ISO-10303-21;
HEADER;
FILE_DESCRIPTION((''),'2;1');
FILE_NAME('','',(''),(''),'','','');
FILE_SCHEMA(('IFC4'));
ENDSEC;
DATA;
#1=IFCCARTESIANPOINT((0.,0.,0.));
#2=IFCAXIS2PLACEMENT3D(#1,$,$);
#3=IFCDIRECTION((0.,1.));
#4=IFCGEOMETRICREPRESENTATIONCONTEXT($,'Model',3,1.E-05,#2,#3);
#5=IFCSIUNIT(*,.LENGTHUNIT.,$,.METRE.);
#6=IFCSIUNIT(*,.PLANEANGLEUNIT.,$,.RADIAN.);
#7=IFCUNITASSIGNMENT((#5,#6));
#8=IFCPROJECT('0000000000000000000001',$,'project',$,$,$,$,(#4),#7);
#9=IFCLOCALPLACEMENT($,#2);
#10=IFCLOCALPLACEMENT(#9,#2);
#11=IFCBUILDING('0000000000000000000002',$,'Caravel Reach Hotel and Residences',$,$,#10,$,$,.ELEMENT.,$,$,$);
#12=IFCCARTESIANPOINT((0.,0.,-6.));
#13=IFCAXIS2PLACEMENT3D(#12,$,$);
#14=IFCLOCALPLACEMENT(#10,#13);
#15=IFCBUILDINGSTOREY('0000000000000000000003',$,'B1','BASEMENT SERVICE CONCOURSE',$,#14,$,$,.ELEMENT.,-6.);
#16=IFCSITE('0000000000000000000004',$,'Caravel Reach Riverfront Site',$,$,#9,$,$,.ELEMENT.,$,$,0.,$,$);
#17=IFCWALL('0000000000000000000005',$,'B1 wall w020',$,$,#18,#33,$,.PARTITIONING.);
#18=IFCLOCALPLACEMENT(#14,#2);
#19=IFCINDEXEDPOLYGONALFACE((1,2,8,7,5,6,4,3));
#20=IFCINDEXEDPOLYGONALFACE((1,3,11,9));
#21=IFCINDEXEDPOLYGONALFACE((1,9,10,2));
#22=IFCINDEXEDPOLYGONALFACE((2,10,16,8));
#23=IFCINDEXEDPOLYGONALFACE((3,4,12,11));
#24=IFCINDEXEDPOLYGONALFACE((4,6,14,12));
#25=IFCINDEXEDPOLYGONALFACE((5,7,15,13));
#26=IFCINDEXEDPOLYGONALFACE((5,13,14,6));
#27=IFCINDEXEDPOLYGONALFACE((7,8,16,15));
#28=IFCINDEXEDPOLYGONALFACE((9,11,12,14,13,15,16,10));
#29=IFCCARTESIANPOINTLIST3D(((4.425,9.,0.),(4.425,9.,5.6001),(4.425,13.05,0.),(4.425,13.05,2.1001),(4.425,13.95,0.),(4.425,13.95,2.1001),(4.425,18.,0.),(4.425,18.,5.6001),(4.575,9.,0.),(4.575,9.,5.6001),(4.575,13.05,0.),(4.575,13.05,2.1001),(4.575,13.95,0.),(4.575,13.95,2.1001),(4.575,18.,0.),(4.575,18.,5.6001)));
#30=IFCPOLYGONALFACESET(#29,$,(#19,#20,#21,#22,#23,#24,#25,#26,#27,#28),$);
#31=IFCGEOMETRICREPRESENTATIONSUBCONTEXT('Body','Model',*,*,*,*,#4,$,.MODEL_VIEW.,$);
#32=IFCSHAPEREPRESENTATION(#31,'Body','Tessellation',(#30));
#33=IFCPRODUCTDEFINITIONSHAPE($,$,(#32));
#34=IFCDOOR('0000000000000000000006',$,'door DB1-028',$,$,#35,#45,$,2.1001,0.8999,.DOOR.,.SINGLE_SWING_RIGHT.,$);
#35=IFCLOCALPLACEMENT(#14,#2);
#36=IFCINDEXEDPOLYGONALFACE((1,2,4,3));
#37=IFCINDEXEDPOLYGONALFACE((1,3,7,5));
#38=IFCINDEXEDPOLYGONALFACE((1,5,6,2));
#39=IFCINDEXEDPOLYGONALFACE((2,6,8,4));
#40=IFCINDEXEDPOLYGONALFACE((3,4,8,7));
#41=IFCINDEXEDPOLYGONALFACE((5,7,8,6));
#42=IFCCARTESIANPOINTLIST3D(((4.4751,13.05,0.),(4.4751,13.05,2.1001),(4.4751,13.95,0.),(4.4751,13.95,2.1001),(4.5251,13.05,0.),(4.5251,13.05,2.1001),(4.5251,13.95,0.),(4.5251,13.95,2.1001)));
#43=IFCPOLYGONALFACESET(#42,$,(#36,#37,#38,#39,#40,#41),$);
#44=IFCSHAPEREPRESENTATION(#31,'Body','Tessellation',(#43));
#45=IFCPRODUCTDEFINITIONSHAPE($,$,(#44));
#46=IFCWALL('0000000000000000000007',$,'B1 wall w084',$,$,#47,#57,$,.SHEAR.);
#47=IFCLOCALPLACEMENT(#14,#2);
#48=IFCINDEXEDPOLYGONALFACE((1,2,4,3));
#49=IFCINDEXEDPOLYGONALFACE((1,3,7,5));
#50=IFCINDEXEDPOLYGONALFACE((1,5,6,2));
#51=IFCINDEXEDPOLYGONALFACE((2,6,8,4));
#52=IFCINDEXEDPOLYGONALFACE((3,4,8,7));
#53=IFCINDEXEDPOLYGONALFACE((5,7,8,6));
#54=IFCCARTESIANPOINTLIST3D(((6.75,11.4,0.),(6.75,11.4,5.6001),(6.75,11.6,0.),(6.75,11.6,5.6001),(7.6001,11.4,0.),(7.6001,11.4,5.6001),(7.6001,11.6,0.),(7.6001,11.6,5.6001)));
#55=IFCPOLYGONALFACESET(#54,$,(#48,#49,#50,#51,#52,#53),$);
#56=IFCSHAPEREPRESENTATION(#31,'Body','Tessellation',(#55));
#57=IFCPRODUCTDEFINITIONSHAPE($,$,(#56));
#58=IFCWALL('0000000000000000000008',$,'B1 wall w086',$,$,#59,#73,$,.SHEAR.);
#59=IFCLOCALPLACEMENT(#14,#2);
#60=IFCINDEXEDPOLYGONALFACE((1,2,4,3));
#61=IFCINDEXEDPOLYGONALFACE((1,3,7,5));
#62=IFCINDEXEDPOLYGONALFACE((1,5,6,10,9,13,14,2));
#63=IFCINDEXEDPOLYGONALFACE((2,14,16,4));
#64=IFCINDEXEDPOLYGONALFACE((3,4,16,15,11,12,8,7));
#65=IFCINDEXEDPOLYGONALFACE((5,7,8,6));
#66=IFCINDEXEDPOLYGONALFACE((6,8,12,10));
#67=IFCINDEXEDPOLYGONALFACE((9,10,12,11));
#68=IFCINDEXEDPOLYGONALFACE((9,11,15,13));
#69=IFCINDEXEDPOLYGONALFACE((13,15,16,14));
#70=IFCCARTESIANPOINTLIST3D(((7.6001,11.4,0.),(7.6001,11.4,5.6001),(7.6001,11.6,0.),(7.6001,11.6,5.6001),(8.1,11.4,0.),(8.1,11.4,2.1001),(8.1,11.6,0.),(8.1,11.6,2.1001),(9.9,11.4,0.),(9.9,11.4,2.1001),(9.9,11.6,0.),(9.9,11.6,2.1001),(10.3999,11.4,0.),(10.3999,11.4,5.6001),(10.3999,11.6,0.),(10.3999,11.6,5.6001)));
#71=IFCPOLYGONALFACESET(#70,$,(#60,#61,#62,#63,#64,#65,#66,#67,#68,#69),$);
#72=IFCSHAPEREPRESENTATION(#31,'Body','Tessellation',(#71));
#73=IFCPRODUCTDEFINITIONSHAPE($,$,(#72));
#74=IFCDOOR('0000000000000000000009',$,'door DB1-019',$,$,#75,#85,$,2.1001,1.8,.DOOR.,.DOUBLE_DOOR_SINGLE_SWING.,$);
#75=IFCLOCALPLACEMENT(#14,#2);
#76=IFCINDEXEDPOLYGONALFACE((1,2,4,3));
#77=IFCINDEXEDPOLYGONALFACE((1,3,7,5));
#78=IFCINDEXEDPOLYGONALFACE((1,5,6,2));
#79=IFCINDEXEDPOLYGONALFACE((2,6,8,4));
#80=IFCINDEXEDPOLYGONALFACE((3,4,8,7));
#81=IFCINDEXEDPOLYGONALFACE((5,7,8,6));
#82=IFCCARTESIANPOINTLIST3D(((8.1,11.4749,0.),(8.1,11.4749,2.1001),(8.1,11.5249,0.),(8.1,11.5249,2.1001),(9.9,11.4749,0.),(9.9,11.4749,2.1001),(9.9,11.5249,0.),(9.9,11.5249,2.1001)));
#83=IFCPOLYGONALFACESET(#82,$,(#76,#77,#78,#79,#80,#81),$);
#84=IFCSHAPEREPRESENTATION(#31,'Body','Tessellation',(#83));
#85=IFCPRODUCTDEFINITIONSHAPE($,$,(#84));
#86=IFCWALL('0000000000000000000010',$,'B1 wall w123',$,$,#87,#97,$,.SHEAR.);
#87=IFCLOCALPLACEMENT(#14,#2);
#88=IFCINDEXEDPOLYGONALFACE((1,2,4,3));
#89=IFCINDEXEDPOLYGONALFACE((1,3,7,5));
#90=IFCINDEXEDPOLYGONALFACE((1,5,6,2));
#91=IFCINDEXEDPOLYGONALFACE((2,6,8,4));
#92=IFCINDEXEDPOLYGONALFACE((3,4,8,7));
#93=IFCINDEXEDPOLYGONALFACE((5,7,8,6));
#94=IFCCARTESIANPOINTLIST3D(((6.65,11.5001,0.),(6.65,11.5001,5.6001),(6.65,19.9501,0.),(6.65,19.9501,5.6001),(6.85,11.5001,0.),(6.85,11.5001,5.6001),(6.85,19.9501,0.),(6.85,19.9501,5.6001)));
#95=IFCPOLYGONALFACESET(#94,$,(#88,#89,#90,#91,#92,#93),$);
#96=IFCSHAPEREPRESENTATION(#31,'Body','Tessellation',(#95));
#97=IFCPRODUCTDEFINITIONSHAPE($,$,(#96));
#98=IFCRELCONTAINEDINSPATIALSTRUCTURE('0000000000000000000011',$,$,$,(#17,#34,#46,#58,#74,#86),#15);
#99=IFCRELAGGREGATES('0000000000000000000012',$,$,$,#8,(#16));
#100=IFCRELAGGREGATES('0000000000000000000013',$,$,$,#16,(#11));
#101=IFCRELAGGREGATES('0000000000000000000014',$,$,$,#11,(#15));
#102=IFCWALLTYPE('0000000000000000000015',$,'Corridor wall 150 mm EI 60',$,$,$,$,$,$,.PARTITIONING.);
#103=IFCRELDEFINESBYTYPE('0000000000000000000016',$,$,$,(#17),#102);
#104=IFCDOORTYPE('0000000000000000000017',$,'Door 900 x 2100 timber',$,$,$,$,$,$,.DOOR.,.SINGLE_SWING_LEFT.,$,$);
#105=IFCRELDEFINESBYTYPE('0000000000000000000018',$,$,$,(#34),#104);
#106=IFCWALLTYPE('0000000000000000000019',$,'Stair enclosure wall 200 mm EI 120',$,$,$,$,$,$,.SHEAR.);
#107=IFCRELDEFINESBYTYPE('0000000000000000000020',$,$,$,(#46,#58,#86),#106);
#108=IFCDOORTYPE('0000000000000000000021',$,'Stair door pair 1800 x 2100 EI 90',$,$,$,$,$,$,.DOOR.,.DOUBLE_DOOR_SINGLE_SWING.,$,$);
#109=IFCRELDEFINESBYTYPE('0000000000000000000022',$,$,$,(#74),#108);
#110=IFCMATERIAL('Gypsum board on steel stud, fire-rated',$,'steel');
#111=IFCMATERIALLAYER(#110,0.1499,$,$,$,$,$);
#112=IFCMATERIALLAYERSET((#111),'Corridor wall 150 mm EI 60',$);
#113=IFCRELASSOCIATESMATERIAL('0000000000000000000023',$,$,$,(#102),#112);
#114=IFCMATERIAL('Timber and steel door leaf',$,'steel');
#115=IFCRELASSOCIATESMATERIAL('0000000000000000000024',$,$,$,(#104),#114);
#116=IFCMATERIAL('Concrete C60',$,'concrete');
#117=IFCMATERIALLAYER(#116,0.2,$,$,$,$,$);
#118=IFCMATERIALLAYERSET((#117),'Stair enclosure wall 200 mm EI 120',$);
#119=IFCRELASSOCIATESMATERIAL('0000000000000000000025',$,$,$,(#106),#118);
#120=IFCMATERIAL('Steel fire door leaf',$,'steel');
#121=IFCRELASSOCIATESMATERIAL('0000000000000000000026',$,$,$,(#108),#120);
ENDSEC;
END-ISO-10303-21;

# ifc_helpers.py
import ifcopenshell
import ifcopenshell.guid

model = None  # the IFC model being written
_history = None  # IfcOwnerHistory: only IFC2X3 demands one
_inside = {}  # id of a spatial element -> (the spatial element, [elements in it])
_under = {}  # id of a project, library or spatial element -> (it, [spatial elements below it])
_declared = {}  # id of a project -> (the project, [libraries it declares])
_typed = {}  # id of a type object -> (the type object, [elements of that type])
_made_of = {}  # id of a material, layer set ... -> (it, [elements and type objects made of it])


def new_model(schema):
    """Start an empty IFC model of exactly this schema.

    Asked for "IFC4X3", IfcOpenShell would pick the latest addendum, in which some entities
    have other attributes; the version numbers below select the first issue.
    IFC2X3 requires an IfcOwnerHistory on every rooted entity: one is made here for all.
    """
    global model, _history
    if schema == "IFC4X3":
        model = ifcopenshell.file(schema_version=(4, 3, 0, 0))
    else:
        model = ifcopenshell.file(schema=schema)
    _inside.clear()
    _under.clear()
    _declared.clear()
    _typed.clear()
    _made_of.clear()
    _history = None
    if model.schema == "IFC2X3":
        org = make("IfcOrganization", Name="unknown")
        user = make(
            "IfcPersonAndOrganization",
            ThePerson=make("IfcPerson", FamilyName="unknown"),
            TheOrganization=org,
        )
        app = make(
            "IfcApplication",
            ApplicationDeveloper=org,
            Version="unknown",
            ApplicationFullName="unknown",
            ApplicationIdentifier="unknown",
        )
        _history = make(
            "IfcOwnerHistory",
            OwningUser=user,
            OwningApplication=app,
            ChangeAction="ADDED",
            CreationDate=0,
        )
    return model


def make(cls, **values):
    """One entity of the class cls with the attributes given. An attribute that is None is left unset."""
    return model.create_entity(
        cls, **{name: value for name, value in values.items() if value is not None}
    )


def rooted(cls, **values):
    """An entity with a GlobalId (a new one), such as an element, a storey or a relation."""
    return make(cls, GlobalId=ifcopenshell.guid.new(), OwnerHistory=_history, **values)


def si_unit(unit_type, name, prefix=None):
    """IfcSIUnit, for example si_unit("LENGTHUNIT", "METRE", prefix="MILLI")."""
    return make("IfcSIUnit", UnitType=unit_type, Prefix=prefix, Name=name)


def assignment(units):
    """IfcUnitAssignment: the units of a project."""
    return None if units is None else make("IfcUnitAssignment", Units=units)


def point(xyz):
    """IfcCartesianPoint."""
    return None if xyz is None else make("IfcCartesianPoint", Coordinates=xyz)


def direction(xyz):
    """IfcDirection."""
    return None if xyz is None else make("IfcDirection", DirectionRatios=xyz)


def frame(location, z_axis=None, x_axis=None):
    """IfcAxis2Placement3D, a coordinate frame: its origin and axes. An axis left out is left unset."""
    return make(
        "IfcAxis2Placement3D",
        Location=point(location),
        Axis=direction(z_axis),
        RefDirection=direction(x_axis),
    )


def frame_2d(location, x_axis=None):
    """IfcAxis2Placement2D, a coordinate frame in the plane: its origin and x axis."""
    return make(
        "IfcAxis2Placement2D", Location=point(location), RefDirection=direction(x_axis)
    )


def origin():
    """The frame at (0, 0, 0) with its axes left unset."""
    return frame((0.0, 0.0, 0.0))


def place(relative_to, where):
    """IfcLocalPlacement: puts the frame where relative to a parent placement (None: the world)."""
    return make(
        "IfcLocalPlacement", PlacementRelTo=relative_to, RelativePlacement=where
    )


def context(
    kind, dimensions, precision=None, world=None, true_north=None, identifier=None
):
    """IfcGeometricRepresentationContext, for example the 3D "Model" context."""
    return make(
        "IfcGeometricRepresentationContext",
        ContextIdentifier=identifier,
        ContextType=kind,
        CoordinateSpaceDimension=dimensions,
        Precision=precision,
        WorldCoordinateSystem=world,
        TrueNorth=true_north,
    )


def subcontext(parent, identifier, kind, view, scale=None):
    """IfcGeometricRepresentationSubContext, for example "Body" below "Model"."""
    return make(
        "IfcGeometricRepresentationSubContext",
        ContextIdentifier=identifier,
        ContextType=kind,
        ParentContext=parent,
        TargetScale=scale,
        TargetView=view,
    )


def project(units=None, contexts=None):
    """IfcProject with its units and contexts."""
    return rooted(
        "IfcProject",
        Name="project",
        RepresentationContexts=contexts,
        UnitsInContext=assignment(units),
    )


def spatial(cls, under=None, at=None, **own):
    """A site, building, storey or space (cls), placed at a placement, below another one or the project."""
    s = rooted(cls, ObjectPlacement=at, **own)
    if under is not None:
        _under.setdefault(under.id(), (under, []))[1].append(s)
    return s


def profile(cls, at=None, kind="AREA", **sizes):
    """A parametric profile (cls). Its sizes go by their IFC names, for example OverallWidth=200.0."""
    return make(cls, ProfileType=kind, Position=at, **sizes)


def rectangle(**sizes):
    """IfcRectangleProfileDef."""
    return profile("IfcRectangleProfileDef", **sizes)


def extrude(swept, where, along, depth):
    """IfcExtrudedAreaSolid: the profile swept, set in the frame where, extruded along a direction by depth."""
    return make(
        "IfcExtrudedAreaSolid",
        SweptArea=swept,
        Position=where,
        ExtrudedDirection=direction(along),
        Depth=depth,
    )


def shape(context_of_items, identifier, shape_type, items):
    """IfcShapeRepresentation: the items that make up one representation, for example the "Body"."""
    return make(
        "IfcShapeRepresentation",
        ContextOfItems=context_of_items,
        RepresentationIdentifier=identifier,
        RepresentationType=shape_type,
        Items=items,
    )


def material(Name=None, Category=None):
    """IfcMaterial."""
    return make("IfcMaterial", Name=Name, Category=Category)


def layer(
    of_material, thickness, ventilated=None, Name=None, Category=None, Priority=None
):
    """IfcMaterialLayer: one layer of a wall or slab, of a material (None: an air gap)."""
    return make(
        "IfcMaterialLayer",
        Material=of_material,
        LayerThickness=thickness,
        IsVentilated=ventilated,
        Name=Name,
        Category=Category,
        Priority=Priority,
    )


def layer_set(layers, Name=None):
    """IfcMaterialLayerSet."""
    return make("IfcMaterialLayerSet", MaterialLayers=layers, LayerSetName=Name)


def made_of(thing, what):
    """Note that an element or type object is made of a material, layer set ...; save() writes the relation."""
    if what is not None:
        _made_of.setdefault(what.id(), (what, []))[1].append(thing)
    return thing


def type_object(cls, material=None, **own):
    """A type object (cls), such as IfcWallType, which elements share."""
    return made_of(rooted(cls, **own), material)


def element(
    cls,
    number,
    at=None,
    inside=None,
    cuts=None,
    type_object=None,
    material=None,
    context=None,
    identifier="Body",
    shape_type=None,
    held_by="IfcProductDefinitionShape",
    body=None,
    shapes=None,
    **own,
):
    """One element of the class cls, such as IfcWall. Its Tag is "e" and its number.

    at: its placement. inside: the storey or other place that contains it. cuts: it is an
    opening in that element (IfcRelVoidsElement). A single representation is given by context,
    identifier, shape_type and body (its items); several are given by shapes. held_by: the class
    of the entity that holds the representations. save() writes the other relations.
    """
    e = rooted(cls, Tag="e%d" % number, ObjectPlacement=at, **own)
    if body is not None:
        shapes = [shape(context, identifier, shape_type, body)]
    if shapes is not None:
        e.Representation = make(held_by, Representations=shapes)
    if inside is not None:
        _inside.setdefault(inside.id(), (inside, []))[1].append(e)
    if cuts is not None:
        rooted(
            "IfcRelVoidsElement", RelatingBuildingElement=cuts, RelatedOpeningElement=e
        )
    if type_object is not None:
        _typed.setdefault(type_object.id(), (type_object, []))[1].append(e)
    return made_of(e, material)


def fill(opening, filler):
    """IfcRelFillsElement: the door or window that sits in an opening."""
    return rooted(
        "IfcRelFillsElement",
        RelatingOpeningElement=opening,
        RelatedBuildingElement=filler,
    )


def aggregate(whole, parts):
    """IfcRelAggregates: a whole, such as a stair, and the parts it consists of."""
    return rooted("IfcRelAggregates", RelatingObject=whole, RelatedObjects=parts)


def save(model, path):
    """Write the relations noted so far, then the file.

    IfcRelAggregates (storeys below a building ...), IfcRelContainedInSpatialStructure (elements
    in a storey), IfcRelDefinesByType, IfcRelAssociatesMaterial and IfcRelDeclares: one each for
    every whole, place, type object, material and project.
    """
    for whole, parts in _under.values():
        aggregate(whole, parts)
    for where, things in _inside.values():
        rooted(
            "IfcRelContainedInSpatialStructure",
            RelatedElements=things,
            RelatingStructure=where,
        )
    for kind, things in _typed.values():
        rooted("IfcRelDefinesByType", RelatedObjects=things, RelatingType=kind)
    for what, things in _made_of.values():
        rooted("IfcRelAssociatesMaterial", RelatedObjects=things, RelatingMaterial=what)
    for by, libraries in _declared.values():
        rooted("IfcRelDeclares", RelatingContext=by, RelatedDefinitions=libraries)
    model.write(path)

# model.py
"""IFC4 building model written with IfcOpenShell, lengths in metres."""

from ifc_helpers import new_model, si_unit, direction, frame, frame_2d, origin, place, context, subcontext, project, spatial, rectangle, extrude, material, layer, layer_set, type_object, element, fill, save


model = new_model("IFC4")

# Units and contexts
model_context = context("Model", 3, precision=1e-05, world=origin(), true_north=direction((0.0, 1.0)))
body_context = subcontext(model_context, "Body", "Model", "MODEL_VIEW")
ifc_project = project(units=[si_unit("LENGTHUNIT", "METRE"), si_unit("PLANEANGLEUNIT", "RADIAN")], contexts=[model_context])

# Site, building, storey
site_placement = place(None, origin())
site = spatial("IfcSite", under=ifc_project, at=site_placement, Name="Caravel Reach Riverfront Site", CompositionType="ELEMENT", RefElevation=0.0)
building_placement = place(site_placement, origin())
building = spatial("IfcBuilding", under=site, at=building_placement, Name="Caravel Reach Hotel and Residences", CompositionType="ELEMENT")
storey_placement = place(building_placement, frame((0.0, 0.0, -6.0)))
storey = spatial("IfcBuildingStorey", under=building, at=storey_placement, Name="B1", Description="BASEMENT SERVICE CONCOURSE", CompositionType="ELEMENT", Elevation=-6.0)

# Wall, opening, door
ifc_material_1 = material(Name="Gypsum board on steel stud, fire-rated", Category="steel")
ifc_layer_1 = layer(ifc_material_1, 0.1499)
ifc_layer_set_1 = layer_set([ifc_layer_1], Name="Corridor wall 150 mm EI 60")
wall_type_1 = type_object("IfcWallType", Name="Corridor wall 150 mm EI 60", PredefinedType="PARTITIONING", material=ifc_layer_set_1)
wall_1_placement = place(storey_placement, frame((4.5, 9.0, 0.0), z_axis=(0.0, 0.0, 1.0), x_axis=(0.0, 1.0, 0.0)))
wall_1 = element("IfcWall", 1, at=wall_1_placement, inside=storey, type_object=wall_type_1, Name="B1 wall w020", PredefinedType="PARTITIONING", context=body_context, shape_type="SweptSolid", body=[
    extrude(rectangle(XDim=9.0, YDim=0.1499, at=frame_2d((4.5, 0.0))), origin(), (0.0, 0.0, 1.0), 5.6001),
])
opening_1_placement = place(wall_1_placement, frame((4.05, 0.0, 0.0)))
opening_1 = element("IfcOpeningElement", 2, at=opening_1_placement, cuts=wall_1, PredefinedType="OPENING", context=body_context, shape_type="SweptSolid", body=[
    extrude(rectangle(XDim=0.8999, YDim=2.1001, at=frame_2d((0.45, 1.05))), frame((0.0, 0.085, 0.0), z_axis=(0.0, -1.0, 0.0), x_axis=(1.0, 0.0, 0.0)), (0.0, 0.0, 1.0), 0.1699),
])
ifc_material_2 = material(Name="Timber and steel door leaf", Category="steel")
door_type_1 = type_object("IfcDoorType", Name="Door 900 x 2100 timber", OperationType="SINGLE_SWING_LEFT", PredefinedType="DOOR", material=ifc_material_2)
door_1_placement = place(opening_1_placement, origin())
door_1 = element("IfcDoor", 3, at=door_1_placement, inside=storey, type_object=door_type_1, Name="door DB1-028", OperationType="SINGLE_SWING_RIGHT", OverallHeight=2.1001, OverallWidth=0.8999, PredefinedType="DOOR", context=body_context, shape_type="SweptSolid", body=[
    extrude(rectangle(XDim=0.8999, YDim=2.1001, at=frame_2d((0.45, 1.05))), frame((0.0, 0.0249, 0.0), z_axis=(0.0, -1.0, 0.0), x_axis=(1.0, 0.0, 0.0)), (0.0, 0.0, 1.0), 0.05),
])
fill(opening_1, door_1)

# Wall
ifc_material_3 = material(Name="Concrete C60", Category="concrete")
ifc_layer_2 = layer(ifc_material_3, 0.2)
ifc_layer_set_2 = layer_set([ifc_layer_2], Name="Stair enclosure wall 200 mm EI 120")
wall_type_2 = type_object("IfcWallType", Name="Stair enclosure wall 200 mm EI 120", PredefinedType="SHEAR", material=ifc_layer_set_2)
wall_2_placement = place(storey_placement, frame((6.75, 11.5, 0.0), z_axis=(0.0, 0.0, 1.0), x_axis=(1.0, 0.0, 0.0)))
element("IfcWall", 4, at=wall_2_placement, inside=storey, type_object=wall_type_2, Name="B1 wall w084", PredefinedType="SHEAR", context=body_context, shape_type="SweptSolid", body=[
    extrude(rectangle(XDim=0.8501, YDim=0.2, at=frame_2d((0.425, 0.0))), origin(), (0.0, 0.0, 1.0), 5.6001),
])

# Wall, opening, door
wall_3_placement = place(storey_placement, frame((7.6001, 11.5, 0.0), z_axis=(0.0, 0.0, 1.0), x_axis=(1.0, 0.0, 0.0)))
wall_3 = element("IfcWall", 5, at=wall_3_placement, inside=storey, type_object=wall_type_2, Name="B1 wall w086", PredefinedType="SHEAR", context=body_context, shape_type="SweptSolid", body=[
    extrude(rectangle(XDim=2.7998, YDim=0.2, at=frame_2d((1.3999, 0.0))), origin(), (0.0, 0.0, 1.0), 5.6001),
])
opening_2_placement = place(wall_3_placement, frame((0.5, 0.0, 0.0)))
opening_2 = element("IfcOpeningElement", 6, at=opening_2_placement, cuts=wall_3, PredefinedType="OPENING", context=body_context, shape_type="SweptSolid", body=[
    extrude(rectangle(XDim=1.8, YDim=2.1001, at=frame_2d((0.8999, 1.05))), frame((0.0, 0.1099, 0.0), z_axis=(0.0, -1.0, 0.0), x_axis=(1.0, 0.0, 0.0)), (0.0, 0.0, 1.0), 0.22),
])
ifc_material_4 = material(Name="Steel fire door leaf", Category="steel")
door_type_2 = type_object("IfcDoorType", Name="Stair door pair 1800 x 2100 EI 90", OperationType="DOUBLE_DOOR_SINGLE_SWING", PredefinedType="DOOR", material=ifc_material_4)
door_2_placement = place(opening_2_placement, origin())
door_2 = element("IfcDoor", 7, at=door_2_placement, inside=storey, type_object=door_type_2, Name="door DB1-019", OperationType="DOUBLE_DOOR_SINGLE_SWING", OverallHeight=2.1001, OverallWidth=1.8, PredefinedType="DOOR", context=body_context, shape_type="SweptSolid", body=[
    extrude(rectangle(XDim=1.8, YDim=2.1001, at=frame_2d((0.8999, 1.05))), frame((0.0, 0.0249, 0.0), z_axis=(0.0, -1.0, 0.0), x_axis=(1.0, 0.0, 0.0)), (0.0, 0.0, 1.0), 0.05),
])
fill(opening_2, door_2)

# Wall
wall_4_placement = place(storey_placement, frame((6.75, 11.5, 0.0), z_axis=(0.0, 0.0, 1.0), x_axis=(0.0, 1.0, 0.0)))
element("IfcWall", 8, at=wall_4_placement, inside=storey, type_object=wall_type_2, Name="B1 wall w123", PredefinedType="SHEAR", context=body_context, shape_type="SweptSolid", body=[
    extrude(rectangle(XDim=8.45, YDim=0.2, at=frame_2d((4.2251, 0.0))), origin(), (0.0, 0.0, 1.0), 5.6001),
])

save(model, "model.ifc")
